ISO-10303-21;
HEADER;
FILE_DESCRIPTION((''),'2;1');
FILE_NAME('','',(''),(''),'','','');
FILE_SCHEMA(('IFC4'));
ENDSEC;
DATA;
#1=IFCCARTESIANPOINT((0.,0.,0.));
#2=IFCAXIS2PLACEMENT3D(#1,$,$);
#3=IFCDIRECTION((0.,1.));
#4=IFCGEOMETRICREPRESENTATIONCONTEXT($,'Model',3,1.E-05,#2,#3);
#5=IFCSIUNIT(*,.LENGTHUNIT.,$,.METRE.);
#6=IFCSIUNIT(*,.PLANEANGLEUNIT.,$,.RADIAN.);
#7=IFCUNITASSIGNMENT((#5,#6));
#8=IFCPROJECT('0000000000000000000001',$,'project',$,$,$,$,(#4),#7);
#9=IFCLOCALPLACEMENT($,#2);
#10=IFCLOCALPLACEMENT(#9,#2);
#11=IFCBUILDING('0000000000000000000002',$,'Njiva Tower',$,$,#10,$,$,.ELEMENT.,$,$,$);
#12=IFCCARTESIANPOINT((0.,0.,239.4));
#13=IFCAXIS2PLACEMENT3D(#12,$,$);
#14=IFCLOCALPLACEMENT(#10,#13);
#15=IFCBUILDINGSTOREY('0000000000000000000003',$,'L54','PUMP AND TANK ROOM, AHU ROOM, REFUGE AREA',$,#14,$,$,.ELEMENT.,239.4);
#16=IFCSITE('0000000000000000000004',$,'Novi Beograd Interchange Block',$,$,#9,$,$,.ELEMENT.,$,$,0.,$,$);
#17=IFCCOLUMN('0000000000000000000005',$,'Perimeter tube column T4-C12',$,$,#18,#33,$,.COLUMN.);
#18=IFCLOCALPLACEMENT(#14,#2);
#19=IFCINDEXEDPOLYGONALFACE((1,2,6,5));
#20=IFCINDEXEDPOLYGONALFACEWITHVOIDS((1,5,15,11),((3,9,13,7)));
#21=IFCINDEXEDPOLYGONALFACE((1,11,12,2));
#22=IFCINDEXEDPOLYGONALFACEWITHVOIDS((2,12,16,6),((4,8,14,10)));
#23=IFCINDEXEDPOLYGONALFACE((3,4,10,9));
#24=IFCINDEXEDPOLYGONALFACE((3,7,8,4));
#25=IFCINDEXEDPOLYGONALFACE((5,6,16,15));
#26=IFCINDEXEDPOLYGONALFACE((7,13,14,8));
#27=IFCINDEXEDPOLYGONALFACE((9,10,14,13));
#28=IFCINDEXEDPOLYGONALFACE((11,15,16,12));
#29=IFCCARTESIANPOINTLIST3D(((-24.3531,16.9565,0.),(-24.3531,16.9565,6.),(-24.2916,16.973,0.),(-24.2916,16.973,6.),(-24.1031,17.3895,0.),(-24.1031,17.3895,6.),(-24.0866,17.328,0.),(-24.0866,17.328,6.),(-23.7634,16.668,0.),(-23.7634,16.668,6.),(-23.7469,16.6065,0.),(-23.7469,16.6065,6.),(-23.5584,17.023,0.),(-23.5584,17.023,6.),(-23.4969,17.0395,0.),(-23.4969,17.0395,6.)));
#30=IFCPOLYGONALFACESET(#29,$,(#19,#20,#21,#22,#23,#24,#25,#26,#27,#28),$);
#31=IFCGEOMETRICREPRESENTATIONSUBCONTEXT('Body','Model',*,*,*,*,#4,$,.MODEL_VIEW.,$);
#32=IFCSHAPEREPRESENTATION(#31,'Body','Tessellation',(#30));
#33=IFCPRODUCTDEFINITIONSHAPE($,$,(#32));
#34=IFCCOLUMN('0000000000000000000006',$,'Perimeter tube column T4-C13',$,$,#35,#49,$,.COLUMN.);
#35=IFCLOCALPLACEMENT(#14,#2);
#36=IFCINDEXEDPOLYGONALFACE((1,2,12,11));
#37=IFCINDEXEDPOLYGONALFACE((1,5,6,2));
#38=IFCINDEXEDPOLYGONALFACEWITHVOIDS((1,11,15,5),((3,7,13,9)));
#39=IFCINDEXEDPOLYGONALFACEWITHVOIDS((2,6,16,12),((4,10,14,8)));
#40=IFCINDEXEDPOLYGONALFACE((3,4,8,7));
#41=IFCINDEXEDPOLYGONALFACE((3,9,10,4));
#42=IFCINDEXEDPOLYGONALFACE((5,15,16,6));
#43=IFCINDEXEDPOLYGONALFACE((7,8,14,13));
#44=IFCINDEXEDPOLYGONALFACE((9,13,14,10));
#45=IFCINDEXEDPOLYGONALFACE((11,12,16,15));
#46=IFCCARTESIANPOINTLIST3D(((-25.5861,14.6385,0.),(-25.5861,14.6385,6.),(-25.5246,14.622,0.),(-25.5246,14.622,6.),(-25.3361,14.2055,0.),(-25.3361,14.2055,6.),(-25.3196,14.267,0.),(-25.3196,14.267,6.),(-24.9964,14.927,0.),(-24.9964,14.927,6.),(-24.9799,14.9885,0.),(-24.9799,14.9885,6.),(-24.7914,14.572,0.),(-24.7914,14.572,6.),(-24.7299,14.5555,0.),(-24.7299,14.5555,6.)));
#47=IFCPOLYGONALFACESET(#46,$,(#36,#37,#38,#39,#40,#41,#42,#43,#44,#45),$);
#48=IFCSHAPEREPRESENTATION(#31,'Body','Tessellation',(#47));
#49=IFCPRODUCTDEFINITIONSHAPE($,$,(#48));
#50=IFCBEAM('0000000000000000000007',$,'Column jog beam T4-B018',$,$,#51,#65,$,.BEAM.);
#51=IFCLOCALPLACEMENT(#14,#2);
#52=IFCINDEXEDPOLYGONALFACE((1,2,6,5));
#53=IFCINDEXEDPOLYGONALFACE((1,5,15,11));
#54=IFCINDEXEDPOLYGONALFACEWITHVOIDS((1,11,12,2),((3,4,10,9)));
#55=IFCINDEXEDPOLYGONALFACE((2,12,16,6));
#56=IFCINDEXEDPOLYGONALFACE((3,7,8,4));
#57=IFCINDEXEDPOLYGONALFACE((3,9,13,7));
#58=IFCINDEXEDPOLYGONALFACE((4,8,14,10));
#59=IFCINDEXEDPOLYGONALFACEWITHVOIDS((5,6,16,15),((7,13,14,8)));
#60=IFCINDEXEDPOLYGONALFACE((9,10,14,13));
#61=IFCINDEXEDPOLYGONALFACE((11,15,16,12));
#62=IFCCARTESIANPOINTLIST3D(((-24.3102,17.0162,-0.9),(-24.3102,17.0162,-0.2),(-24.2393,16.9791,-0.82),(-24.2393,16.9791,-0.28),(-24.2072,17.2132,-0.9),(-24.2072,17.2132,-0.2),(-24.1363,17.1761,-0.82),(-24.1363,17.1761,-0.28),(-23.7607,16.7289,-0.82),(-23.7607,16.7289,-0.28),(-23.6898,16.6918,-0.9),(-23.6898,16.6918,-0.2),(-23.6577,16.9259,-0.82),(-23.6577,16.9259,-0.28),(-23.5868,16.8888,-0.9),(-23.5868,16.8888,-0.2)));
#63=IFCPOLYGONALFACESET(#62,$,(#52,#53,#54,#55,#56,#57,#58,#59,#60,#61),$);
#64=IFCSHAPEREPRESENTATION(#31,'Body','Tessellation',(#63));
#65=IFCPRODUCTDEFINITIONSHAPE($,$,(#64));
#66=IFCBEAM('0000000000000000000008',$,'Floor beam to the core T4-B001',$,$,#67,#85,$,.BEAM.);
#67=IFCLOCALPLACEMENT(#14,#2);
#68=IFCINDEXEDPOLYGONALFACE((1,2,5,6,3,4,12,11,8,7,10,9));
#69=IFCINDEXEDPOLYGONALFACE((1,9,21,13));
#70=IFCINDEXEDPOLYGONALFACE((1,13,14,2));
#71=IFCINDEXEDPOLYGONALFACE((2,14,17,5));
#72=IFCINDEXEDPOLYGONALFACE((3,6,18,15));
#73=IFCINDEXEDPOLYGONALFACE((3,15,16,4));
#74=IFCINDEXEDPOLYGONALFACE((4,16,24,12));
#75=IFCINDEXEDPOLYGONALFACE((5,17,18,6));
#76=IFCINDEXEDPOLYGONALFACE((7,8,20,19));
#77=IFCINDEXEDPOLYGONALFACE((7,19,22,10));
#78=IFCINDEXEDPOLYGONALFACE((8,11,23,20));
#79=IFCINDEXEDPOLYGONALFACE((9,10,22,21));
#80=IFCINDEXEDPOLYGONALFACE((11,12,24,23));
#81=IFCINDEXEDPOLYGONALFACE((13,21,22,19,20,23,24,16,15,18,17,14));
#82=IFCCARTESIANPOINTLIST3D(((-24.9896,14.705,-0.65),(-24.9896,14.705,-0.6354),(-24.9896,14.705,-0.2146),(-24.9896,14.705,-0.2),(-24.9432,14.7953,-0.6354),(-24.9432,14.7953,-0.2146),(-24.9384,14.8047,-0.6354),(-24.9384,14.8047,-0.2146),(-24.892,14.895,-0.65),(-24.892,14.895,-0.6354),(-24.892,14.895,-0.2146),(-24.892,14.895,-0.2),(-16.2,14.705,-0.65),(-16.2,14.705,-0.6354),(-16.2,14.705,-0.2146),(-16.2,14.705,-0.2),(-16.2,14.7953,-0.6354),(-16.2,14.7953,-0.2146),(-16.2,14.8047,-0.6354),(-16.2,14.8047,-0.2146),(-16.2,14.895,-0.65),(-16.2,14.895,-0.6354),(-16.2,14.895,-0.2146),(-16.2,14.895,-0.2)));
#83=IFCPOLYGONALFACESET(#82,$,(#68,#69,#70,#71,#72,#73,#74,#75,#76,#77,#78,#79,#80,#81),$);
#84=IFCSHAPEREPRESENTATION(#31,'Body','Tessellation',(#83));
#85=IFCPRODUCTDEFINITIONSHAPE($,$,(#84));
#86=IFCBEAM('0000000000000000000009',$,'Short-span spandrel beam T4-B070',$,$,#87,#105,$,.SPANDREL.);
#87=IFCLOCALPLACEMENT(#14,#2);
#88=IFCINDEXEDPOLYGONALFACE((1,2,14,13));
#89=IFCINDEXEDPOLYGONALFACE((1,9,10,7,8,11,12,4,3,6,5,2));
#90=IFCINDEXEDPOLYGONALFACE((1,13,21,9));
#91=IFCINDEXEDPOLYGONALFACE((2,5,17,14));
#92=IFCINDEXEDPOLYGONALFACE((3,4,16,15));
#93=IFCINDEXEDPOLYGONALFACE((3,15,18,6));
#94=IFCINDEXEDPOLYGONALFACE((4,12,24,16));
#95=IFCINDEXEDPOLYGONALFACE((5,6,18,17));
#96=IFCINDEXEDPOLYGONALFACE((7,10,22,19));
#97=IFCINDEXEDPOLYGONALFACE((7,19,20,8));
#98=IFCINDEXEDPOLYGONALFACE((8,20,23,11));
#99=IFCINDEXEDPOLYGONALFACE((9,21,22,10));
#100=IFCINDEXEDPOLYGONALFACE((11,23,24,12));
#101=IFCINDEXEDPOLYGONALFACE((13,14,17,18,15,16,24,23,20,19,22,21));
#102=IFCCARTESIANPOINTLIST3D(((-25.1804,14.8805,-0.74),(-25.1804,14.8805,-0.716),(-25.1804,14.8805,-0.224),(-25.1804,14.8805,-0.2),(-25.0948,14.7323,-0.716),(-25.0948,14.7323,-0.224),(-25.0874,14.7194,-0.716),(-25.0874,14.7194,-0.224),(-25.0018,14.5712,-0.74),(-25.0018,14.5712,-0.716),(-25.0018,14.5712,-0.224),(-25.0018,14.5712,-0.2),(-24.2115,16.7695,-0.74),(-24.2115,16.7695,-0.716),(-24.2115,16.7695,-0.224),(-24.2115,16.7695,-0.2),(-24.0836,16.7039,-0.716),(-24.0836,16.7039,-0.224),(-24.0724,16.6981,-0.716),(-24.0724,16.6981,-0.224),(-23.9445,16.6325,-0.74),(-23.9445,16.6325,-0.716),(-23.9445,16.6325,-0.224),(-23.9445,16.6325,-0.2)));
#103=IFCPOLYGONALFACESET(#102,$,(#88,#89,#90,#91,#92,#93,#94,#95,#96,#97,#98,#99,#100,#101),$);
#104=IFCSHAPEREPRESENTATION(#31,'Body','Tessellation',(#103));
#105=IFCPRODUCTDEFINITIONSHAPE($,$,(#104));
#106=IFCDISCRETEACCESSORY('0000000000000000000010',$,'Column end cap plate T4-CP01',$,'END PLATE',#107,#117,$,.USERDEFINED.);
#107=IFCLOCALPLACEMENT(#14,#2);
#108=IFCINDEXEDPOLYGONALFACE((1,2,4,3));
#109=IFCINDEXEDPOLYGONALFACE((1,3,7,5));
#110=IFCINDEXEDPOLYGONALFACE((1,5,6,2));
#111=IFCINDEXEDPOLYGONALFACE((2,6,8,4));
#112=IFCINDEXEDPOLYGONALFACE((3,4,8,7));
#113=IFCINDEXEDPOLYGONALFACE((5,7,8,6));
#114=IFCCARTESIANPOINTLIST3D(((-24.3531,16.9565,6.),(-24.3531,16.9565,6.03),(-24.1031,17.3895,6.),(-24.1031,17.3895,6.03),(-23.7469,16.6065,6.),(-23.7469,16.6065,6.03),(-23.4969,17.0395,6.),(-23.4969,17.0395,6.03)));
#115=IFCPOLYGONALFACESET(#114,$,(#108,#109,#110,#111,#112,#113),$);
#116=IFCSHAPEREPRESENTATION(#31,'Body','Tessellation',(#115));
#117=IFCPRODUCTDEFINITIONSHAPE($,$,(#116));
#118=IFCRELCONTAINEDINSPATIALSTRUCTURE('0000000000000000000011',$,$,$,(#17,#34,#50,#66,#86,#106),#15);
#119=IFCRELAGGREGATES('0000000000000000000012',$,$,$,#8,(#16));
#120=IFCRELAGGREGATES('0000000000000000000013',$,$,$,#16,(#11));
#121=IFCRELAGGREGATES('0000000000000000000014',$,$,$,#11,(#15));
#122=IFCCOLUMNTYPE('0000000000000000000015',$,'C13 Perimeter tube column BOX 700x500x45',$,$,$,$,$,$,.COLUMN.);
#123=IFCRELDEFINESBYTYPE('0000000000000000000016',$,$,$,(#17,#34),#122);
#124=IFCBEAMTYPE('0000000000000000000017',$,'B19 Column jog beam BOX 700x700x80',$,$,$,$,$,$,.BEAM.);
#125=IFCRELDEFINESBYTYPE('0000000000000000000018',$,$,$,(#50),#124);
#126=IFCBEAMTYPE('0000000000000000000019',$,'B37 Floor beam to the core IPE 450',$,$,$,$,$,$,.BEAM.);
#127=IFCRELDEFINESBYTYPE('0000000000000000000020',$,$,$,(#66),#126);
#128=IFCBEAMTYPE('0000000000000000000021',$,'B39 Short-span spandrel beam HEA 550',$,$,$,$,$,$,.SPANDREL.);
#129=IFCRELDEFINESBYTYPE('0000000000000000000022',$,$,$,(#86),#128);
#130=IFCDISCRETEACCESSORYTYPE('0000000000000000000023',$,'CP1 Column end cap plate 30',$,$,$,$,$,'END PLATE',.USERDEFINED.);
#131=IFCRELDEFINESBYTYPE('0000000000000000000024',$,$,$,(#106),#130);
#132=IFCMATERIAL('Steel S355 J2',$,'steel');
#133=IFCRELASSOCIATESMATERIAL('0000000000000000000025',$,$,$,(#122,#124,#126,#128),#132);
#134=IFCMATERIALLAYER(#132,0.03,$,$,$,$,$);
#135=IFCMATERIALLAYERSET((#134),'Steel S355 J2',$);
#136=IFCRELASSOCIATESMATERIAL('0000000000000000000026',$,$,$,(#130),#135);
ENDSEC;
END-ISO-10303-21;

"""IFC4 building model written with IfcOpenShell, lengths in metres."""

from ifc_helpers import new_model, si_unit, direction, frame, origin, origin_2d, place, context, subcontext, project, spatial, polyline, hollow_rectangle, i_section, outline, extrude, clip, halfspace, material, layer, layer_set, material_profile, profile_set, type_object, element, save


model = new_model("IFC4")

# Units and contexts
model_context = context("Model", 3, precision=1e-05, world=origin(), true_north=direction((0.0, 1.0)))
body_context = subcontext(model_context, "Body", "Model", "MODEL_VIEW")
ifc_project = project(units=[si_unit("LENGTHUNIT", "METRE"), si_unit("PLANEANGLEUNIT", "RADIAN")], contexts=[model_context])

# Site, building, storey
site_placement = place(None, origin())
site = spatial("IfcSite", under=ifc_project, at=site_placement, Name="Novi Beograd Interchange Block", CompositionType="ELEMENT", RefElevation=0.0)
building_placement = place(site_placement, origin())
building = spatial("IfcBuilding", under=site, at=building_placement, Name="Njiva Tower", CompositionType="ELEMENT")
storey_placement = place(building_placement, frame((0.0, 0.0, 239.4)))
storey = spatial("IfcBuildingStorey", under=building, at=storey_placement, Name="L54", Description="PUMP AND TANK ROOM, AHU ROOM, REFUGE AREA", CompositionType="ELEMENT", Elevation=239.4)

# Columns
ifc_material_1 = material(Name="Steel S355 J2", Category="steel")
ifc_material_profile_1 = material_profile(ifc_material_1, hollow_rectangle(XDim=0.5, YDim=0.7, WallThickness=0.045, at=origin_2d()), Name="BOX 700x500x45")
ifc_profile_set_1 = profile_set([ifc_material_profile_1], Name="Steel S355 J2")
column_type = type_object("IfcColumnType", Name="C13 Perimeter tube column BOX 700x500x45", PredefinedType="COLUMN", material=ifc_profile_set_1)
for number, where, z_axis, x_axis, name in (
    (1, (-23.925, 16.998, 0.0), (0.0, 0.0, 1.0), (-0.5, -0.866025, 0.0), "Perimeter tube column T4-C12"),
    (2, (-25.158, 14.597, 0.0), (0.0, 0.0, 1.0), (0.5, -0.866025, 0.0), "Perimeter tube column T4-C13"),
):
    element("IfcColumn", number, at=place(storey_placement, frame(where, z_axis=z_axis, x_axis=x_axis)), inside=storey, type_object=column_type, Name=name, PredefinedType="COLUMN", context=body_context, shape_type="SweptSolid", body=[
        extrude(hollow_rectangle(XDim=0.5, YDim=0.7, WallThickness=0.045, at=origin_2d()), origin(), (0.0, 0.0, 1.0), 6.0),
    ])

# Beams
ifc_material_profile_2 = material_profile(ifc_material_1, hollow_rectangle(XDim=0.7, YDim=0.7, WallThickness=0.08, at=origin_2d()), Name="BOX 700x700x80")
ifc_profile_set_2 = profile_set([ifc_material_profile_2], Name="Steel S355 J2")
beam_type_1 = type_object("IfcBeamType", Name="B19 Column jog beam BOX 700x700x80", PredefinedType="BEAM", material=ifc_profile_set_2)
beam_1_placement = place(storey_placement, frame((-24.0, 16.854, -0.55), z_axis=(0.463335, 0.886183, 0.0), x_axis=(-0.886183, 0.463335, 0.0)))
element("IfcBeam", 3, at=beam_1_placement, inside=storey, type_object=beam_type_1, Name="Column jog beam T4-B018", PredefinedType="BEAM", context=body_context, shape_type="SweptSolid", body=[
    extrude(hollow_rectangle(XDim=0.7, YDim=0.7, WallThickness=0.08, at=origin_2d()), origin(), (0.0, 0.0, 1.0), 0.2223),
])
ifc_material_profile_3 = material_profile(ifc_material_1, i_section(OverallWidth=0.19, OverallDepth=0.45, WebThickness=0.0094, FlangeThickness=0.0146, at=origin_2d()), Name="IPE 450")
ifc_profile_set_3 = profile_set([ifc_material_profile_3], Name="Steel S355 J2")
beam_type_2 = type_object("IfcBeamType", Name="B37 Floor beam to the core IPE 450", PredefinedType="BEAM", material=ifc_profile_set_3)
beam_2_placement = place(storey_placement, frame((-25.01, 14.8, -0.425), z_axis=(1.0, 0.0, 0.0), x_axis=(0.0, 1.0, 0.0)))
element("IfcBeam", 4, at=beam_2_placement, inside=storey, type_object=beam_type_2, Name="Floor beam to the core T4-B001", PredefinedType="BEAM", context=body_context, shape_type="Clipping", body=[
    clip(extrude(i_section(OverallWidth=0.19, OverallDepth=0.45, WebThickness=0.0094, FlangeThickness=0.0146, at=origin_2d()), origin(), (0.0, 0.0, 1.0), 8.81), halfspace(frame((0.0228, 0.0, 0.0809), z_axis=(0.456688, 0.0, -0.889627), x_axis=(0.0, -1.0, 0.0)), False)),
])
ifc_material_profile_4 = material_profile(ifc_material_1, i_section(OverallWidth=0.3, OverallDepth=0.54, WebThickness=0.0125, FlangeThickness=0.024, at=origin_2d()), Name="HEA 550")
ifc_profile_set_4 = profile_set([ifc_material_profile_4], Name="Steel S355 J2")
beam_type_3 = type_object("IfcBeamType", Name="B39 Short-span spandrel beam HEA 550", PredefinedType="SPANDREL", material=ifc_profile_set_4)
beam_3_placement = place(storey_placement, frame((-24.078, 16.701, -0.47), z_axis=(-0.456381, -0.889785, 0.0), x_axis=(0.889785, -0.456381, 0.0)))
element("IfcBeam", 5, at=beam_3_placement, inside=storey, type_object=beam_type_3, Name="Short-span spandrel beam T4-B070", PredefinedType="SPANDREL", context=body_context, shape_type="Clipping", body=[
    clip(extrude(i_section(OverallWidth=0.3, OverallDepth=0.54, WebThickness=0.0125, FlangeThickness=0.024, at=origin_2d()), origin(), (0.0, 0.0, 1.0), 2.3366), halfspace(frame((-0.0273, 0.0, 2.2022), z_axis=(-0.542388, 0.0, 0.840128), x_axis=(0.0, 1.0, 0.0)), False)),
])

# Discrete accessory
ifc_layer_1 = layer(ifc_material_1, 0.03)
ifc_layer_set_1 = layer_set([ifc_layer_1], Name="Steel S355 J2")
discrete_accessory_type = type_object("IfcDiscreteAccessoryType", Name="CP1 Column end cap plate 30", ElementType="END PLATE", PredefinedType="USERDEFINED", material=ifc_layer_set_1)
discrete_accessory_placement = place(storey_placement, frame((-23.925, 16.998, 6.0)))
element("IfcDiscreteAccessory", 6, at=discrete_accessory_placement, inside=storey, type_object=discrete_accessory_type, Name="Column end cap plate T4-CP01", ObjectType="END PLATE", PredefinedType="USERDEFINED", context=body_context, shape_type="SweptSolid", body=[
    extrude(outline(polyline([(0.1781, -0.3915), (0.4281, 0.0415), (-0.1781, 0.3915), (-0.4281, -0.0415), (0.1781, -0.3915)])), origin(), (0.0, 0.0, 1.0), 0.03),
])

save(model, "model.ifc")
